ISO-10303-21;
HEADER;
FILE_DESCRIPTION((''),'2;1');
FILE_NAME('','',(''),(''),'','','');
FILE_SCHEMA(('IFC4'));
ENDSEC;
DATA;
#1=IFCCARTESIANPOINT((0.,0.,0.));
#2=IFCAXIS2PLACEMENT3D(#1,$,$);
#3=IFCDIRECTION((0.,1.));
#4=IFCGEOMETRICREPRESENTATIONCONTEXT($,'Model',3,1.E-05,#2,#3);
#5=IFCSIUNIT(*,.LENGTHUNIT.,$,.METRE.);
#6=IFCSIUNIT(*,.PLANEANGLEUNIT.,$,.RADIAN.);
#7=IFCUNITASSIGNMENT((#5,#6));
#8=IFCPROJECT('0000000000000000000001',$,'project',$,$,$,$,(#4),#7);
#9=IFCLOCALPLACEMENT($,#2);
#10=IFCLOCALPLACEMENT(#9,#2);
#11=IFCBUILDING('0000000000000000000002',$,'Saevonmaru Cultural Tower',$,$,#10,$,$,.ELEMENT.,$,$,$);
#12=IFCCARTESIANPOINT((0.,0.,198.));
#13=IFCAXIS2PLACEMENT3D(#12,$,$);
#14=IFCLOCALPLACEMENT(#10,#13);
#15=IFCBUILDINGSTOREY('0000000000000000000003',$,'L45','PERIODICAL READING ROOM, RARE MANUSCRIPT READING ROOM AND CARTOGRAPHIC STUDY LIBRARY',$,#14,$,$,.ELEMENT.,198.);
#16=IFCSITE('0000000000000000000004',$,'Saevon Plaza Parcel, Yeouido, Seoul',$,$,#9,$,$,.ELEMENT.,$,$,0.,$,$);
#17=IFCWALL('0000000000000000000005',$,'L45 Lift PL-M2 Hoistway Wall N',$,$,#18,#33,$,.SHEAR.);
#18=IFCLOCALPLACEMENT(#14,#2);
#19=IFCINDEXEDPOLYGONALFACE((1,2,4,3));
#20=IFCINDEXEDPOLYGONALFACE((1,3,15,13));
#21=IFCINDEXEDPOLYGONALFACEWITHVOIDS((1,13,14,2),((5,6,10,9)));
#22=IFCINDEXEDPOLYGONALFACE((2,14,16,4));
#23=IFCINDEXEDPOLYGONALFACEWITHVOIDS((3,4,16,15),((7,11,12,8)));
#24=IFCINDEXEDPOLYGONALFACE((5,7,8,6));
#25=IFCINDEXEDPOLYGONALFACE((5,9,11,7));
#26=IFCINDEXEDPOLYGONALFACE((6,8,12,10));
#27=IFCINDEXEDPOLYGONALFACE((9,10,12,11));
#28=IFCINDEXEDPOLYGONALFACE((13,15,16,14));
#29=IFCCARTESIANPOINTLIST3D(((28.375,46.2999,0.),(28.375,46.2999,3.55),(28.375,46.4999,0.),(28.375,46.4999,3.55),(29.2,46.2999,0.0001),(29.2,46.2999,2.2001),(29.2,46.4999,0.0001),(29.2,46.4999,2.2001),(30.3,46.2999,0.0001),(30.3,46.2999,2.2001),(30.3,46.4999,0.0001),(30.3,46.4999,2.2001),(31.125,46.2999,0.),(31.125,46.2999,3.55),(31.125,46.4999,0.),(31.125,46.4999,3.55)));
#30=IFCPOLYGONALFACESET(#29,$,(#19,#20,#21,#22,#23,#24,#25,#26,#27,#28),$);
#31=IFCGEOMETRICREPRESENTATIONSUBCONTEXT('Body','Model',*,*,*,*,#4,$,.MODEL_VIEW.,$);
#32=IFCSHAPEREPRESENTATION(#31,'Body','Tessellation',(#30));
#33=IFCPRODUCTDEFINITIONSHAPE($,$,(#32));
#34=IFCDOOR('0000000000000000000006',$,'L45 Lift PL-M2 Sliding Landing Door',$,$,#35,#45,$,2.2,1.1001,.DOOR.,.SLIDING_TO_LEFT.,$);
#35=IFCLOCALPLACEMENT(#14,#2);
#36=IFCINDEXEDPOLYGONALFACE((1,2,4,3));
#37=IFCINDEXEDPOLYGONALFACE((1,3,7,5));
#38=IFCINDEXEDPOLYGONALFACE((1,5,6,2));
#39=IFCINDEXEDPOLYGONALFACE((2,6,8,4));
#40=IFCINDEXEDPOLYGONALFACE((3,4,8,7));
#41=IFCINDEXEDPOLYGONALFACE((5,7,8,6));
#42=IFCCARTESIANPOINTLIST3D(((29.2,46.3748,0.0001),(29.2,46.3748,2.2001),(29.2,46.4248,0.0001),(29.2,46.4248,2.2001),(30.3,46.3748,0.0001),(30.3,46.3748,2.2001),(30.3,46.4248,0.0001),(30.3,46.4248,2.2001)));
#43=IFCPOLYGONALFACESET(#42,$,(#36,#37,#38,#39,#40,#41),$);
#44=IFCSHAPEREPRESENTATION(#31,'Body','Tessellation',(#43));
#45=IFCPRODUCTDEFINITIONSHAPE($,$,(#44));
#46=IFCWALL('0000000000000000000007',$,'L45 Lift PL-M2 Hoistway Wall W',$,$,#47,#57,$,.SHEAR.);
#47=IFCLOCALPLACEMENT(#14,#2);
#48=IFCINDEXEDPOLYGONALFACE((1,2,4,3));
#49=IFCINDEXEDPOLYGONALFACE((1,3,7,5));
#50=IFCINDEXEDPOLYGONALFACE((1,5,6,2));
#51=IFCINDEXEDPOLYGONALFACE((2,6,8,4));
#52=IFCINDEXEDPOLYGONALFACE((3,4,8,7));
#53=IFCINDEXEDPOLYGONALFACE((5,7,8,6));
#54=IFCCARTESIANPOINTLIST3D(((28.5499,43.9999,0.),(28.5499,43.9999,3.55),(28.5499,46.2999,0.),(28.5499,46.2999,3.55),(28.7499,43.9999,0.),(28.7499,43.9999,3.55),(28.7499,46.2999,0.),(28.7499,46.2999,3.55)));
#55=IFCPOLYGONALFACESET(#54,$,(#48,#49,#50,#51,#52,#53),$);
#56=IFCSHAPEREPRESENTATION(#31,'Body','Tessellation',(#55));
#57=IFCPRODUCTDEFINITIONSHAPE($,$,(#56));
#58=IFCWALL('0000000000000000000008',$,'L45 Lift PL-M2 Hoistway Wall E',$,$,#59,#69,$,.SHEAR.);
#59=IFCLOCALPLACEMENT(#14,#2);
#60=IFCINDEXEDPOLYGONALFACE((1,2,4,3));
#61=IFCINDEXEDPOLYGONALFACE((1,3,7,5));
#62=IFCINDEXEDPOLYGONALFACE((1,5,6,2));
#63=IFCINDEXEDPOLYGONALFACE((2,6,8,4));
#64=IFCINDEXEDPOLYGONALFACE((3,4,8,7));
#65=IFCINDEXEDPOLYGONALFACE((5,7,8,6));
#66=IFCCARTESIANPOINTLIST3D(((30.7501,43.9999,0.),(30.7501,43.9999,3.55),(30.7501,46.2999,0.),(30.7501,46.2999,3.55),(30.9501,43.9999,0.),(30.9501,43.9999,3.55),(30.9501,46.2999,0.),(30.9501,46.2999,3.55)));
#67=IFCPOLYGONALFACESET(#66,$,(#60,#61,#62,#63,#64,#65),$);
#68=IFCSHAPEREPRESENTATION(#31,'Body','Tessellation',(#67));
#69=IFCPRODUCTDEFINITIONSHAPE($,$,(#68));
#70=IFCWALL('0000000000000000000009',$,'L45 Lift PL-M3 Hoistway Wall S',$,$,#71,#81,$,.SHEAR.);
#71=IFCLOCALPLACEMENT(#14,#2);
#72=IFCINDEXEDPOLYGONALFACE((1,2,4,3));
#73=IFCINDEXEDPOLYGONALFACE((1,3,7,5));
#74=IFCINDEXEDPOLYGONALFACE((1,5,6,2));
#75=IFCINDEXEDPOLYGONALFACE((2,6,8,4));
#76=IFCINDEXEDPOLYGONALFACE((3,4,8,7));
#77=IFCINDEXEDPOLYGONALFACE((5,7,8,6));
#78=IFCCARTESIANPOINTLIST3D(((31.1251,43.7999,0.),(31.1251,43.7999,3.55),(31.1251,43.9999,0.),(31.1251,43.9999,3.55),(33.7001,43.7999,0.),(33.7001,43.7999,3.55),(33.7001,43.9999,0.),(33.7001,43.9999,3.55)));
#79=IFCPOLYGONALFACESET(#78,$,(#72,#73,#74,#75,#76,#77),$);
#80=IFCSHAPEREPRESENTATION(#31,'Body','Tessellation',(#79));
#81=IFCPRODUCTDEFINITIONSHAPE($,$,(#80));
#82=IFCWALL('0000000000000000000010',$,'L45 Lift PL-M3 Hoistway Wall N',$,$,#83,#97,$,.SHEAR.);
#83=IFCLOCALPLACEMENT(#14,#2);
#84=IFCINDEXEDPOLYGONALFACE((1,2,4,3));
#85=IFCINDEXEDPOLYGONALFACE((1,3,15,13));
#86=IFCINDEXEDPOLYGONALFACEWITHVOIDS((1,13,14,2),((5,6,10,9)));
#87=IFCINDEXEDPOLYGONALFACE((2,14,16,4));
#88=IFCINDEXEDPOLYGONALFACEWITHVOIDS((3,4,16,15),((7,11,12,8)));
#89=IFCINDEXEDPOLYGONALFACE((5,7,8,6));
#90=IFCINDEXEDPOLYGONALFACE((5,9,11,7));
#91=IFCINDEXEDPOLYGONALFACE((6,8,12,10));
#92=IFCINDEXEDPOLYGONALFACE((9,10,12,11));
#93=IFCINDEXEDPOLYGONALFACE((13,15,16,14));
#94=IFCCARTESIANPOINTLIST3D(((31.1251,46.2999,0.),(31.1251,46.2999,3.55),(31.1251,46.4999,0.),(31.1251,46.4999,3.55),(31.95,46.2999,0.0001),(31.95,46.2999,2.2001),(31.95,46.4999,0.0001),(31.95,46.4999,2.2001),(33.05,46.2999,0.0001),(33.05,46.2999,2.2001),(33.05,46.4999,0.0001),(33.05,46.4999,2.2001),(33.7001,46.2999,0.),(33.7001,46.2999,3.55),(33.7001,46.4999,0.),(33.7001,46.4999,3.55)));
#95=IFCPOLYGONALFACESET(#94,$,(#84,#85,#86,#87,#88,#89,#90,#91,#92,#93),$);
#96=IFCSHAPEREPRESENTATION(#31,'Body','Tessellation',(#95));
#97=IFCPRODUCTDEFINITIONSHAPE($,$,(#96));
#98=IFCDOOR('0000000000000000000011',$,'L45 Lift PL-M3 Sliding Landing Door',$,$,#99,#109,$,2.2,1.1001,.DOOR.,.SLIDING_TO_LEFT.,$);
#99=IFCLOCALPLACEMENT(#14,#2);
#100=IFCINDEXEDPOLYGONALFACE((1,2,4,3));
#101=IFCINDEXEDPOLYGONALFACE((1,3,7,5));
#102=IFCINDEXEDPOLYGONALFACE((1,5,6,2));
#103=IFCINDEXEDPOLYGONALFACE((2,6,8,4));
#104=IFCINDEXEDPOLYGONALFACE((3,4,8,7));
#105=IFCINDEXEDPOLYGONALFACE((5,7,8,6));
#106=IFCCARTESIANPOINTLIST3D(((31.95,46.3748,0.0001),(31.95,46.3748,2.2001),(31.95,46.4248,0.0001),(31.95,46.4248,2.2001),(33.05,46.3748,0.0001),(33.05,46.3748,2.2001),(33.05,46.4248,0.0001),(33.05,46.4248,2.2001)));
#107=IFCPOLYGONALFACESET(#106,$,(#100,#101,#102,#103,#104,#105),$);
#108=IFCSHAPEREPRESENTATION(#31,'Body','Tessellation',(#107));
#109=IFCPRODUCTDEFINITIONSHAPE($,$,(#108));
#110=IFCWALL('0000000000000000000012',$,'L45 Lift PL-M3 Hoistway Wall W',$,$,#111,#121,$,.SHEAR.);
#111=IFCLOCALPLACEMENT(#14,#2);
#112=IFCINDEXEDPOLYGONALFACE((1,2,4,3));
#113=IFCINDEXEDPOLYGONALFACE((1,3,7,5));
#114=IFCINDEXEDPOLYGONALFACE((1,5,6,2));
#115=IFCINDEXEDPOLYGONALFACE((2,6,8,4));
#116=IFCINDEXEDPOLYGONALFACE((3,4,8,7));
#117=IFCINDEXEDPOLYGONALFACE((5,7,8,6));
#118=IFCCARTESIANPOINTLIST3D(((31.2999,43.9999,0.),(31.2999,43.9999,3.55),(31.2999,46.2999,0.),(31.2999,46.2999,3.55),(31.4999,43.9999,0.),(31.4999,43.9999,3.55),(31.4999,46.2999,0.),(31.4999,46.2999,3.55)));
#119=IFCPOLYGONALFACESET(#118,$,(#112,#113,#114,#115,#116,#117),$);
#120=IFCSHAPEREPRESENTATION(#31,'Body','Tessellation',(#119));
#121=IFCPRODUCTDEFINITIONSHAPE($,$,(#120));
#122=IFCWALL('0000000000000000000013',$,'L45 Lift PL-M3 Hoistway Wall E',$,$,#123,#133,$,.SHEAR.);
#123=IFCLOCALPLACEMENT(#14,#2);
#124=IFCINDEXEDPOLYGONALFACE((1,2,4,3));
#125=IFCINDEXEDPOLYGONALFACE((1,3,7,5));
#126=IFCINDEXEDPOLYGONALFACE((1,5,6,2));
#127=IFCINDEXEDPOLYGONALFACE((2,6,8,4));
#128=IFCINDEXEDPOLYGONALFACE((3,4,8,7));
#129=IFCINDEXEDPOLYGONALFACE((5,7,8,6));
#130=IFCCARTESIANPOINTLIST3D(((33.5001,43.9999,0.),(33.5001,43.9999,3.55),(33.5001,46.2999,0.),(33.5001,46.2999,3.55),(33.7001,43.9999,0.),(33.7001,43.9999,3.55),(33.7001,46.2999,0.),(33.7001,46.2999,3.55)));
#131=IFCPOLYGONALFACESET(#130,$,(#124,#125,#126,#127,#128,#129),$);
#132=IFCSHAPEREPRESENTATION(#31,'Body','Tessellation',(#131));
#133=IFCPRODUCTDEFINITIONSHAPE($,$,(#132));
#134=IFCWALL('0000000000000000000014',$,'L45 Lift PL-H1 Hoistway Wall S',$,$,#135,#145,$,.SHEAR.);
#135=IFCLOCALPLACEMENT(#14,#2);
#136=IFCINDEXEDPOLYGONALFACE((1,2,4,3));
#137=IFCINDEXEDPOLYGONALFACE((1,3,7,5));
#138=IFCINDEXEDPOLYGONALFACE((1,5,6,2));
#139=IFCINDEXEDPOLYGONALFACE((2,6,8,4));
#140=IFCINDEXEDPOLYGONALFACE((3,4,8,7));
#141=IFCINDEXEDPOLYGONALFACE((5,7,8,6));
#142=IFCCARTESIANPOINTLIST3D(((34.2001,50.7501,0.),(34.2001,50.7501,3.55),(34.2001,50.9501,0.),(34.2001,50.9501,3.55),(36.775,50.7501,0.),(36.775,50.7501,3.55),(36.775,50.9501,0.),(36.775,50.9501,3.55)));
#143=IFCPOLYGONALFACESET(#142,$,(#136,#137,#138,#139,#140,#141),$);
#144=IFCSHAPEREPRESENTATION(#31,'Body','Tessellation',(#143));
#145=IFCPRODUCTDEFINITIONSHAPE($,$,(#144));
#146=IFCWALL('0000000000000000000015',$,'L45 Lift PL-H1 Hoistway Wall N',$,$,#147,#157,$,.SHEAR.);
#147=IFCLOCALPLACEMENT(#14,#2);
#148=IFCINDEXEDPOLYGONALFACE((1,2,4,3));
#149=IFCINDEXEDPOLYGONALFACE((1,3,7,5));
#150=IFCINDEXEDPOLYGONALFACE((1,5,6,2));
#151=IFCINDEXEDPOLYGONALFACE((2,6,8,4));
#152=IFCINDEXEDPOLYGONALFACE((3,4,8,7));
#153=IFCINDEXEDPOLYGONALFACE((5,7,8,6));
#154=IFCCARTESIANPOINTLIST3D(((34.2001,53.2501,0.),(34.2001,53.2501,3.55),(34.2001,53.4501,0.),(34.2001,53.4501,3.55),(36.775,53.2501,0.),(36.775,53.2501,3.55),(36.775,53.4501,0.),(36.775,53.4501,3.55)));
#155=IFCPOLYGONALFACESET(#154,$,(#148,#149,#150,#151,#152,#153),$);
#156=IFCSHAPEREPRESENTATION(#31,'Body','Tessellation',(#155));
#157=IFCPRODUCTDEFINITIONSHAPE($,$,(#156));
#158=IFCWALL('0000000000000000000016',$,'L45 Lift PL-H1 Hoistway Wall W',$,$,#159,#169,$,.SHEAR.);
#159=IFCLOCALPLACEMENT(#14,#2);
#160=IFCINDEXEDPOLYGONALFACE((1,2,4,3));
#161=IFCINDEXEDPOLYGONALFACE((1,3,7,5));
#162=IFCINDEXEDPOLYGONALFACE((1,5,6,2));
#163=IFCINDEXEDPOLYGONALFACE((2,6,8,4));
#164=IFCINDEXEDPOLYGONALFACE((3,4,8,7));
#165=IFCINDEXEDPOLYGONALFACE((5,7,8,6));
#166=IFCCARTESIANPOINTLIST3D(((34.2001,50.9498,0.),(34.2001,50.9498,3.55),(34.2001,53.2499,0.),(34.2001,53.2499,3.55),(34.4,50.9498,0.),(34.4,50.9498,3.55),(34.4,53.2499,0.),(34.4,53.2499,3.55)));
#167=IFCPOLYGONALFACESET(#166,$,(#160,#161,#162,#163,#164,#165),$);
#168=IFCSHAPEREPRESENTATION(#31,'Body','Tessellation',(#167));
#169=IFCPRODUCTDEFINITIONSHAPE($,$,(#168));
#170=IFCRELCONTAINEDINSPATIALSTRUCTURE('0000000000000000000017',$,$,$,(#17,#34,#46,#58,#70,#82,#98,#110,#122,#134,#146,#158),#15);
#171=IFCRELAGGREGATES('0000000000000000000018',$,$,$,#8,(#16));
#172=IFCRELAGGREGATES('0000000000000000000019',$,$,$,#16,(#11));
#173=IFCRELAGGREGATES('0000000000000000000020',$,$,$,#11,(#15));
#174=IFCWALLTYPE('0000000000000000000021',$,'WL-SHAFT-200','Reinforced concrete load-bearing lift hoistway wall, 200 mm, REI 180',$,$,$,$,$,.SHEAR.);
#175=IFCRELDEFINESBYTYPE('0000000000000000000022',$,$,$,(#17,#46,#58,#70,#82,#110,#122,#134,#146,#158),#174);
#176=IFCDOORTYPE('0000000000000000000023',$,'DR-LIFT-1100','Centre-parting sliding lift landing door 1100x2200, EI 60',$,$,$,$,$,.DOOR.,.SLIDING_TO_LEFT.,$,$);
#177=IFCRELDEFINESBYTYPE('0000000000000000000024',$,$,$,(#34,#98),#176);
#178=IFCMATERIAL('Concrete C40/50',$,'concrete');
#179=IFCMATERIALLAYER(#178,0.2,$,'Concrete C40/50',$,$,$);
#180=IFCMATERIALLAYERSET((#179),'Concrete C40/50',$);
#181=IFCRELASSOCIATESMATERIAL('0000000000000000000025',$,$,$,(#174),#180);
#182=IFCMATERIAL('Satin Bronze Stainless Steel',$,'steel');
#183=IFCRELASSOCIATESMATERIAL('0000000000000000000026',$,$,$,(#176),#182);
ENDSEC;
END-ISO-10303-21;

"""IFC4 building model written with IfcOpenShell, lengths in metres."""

from ifc_helpers import new_model, si_unit, direction, frame, frame_2d, origin, place, context, subcontext, project, spatial, rectangle, extrude, material, layer, layer_set, type_object, element, fill, save


model = new_model("IFC4")

# Units and contexts
model_context = context("Model", 3, precision=1e-05, world=origin(), true_north=direction((0.0, 1.0)))
body_context = subcontext(model_context, "Body", "Model", "MODEL_VIEW")
ifc_project = project(units=[si_unit("LENGTHUNIT", "METRE"), si_unit("PLANEANGLEUNIT", "RADIAN")], contexts=[model_context])

# Site, building, storey
site_placement = place(None, origin())
site = spatial("IfcSite", under=ifc_project, at=site_placement, Name="Saevon Plaza Parcel, Yeouido, Seoul", CompositionType="ELEMENT", RefElevation=0.0)
building_placement = place(site_placement, origin())
building = spatial("IfcBuilding", under=site, at=building_placement, Name="Saevonmaru Cultural Tower", CompositionType="ELEMENT")
storey_placement = place(building_placement, frame((0.0, 0.0, 198.0)))
storey = spatial("IfcBuildingStorey", under=building, at=storey_placement, Name="L45", Description="PERIODICAL READING ROOM, RARE MANUSCRIPT READING ROOM AND CARTOGRAPHIC STUDY LIBRARY", CompositionType="ELEMENT", Elevation=198.0)

# Shared definitions
ifc_material_1 = material(Name="Concrete C40/50", Category="concrete")
ifc_layer_1 = layer(ifc_material_1, 0.2, Name="Concrete C40/50")
ifc_layer_set_1 = layer_set([ifc_layer_1], Name="Concrete C40/50")
wall_type_1 = type_object("IfcWallType", Name="WL-SHAFT-200", Description="Reinforced concrete load-bearing lift hoistway wall, 200 mm, REI 180", PredefinedType="SHEAR", material=ifc_layer_set_1)
ifc_material_2 = material(Name="Satin Bronze Stainless Steel", Category="steel")
door_type_1 = type_object("IfcDoorType", Name="DR-LIFT-1100", Description="Centre-parting sliding lift landing door 1100x2200, EI 60", OperationType="SLIDING_TO_LEFT", PredefinedType="DOOR", material=ifc_material_2)

# Wall, opening, door
wall_1_placement = place(storey_placement, frame((28.375, 46.3999, 0.0), z_axis=(0.0, 0.0, 1.0), x_axis=(1.0, 0.0, 0.0)))
wall_1 = element("IfcWall", 1, at=wall_1_placement, inside=storey, type_object=wall_type_1, Name="L45 Lift PL-M2 Hoistway Wall N", PredefinedType="SHEAR", context=body_context, shape_type="SweptSolid", body=[
    extrude(rectangle(XDim=2.75, YDim=0.2, at=frame_2d((1.375, 0.0))), origin(), (0.0, 0.0, 1.0), 3.55),
])
opening_1_placement = place(wall_1_placement, frame((0.825, 0.0, 0.0)))
opening_1 = element("IfcOpeningElement", 2, at=opening_1_placement, cuts=wall_1, PredefinedType="OPENING", context=body_context, shape_type="SweptSolid", body=[
    extrude(rectangle(XDim=1.1001, YDim=2.2, at=frame_2d((0.55, 1.1001))), frame((0.0, 0.1099, 0.0), z_axis=(0.0, -1.0, 0.0), x_axis=(1.0, 0.0, 0.0)), (0.0, 0.0, 1.0), 0.22),
])
door_1_placement = place(opening_1_placement, origin())
door_1 = element("IfcDoor", 3, at=door_1_placement, inside=storey, type_object=door_type_1, Name="L45 Lift PL-M2 Sliding Landing Door", OperationType="SLIDING_TO_LEFT", OverallHeight=2.2, OverallWidth=1.1001, PredefinedType="DOOR", context=body_context, shape_type="SweptSolid", body=[
    extrude(rectangle(XDim=1.1001, YDim=2.2, at=frame_2d((0.55, 1.1001))), frame((0.0, 0.0249, 0.0), z_axis=(0.0, -1.0, 0.0), x_axis=(1.0, 0.0, 0.0)), (0.0, 0.0, 1.0), 0.05),
])
fill(opening_1, door_1)

# Walls
for number, where, z_axis, x_axis, name in (
    (4, (28.6499, 44.0, 0.0), (0.0, 0.0, 1.0), (0.0, 1.0, 0.0), "L45 Lift PL-M2 Hoistway Wall W"),
    (5, (30.8501, 44.0, 0.0), (0.0, 0.0, 1.0), (0.0, 1.0, 0.0), "L45 Lift PL-M2 Hoistway Wall E"),
):
    element("IfcWall", number, at=place(storey_placement, frame(where, z_axis=z_axis, x_axis=x_axis)), inside=storey, type_object=wall_type_1, Name=name, PredefinedType="SHEAR", context=body_context, shape_type="SweptSolid", body=[
        extrude(rectangle(XDim=2.3, YDim=0.2, at=frame_2d((1.1499, 0.0))), origin(), (0.0, 0.0, 1.0), 3.55),
    ])
wall_2_placement = place(storey_placement, frame((31.125, 43.8999, 0.0), z_axis=(0.0, 0.0, 1.0), x_axis=(1.0, 0.0, 0.0)))
element("IfcWall", 6, at=wall_2_placement, inside=storey, type_object=wall_type_1, Name="L45 Lift PL-M3 Hoistway Wall S", PredefinedType="SHEAR", context=body_context, shape_type="SweptSolid", body=[
    extrude(rectangle(XDim=2.575, YDim=0.2, at=frame_2d((1.2876, 0.0))), origin(), (0.0, 0.0, 1.0), 3.55),
])

# Wall, opening, door
wall_3_placement = place(storey_placement, frame((31.125, 46.3999, 0.0), z_axis=(0.0, 0.0, 1.0), x_axis=(1.0, 0.0, 0.0)))
wall_3 = element("IfcWall", 7, at=wall_3_placement, inside=storey, type_object=wall_type_1, Name="L45 Lift PL-M3 Hoistway Wall N", PredefinedType="SHEAR", context=body_context, shape_type="SweptSolid", body=[
    extrude(rectangle(XDim=2.575, YDim=0.2, at=frame_2d((1.2876, 0.0))), origin(), (0.0, 0.0, 1.0), 3.55),
])
opening_2_placement = place(wall_3_placement, frame((0.825, 0.0, 0.0)))
opening_2 = element("IfcOpeningElement", 8, at=opening_2_placement, cuts=wall_3, PredefinedType="OPENING", context=body_context, shape_type="SweptSolid", body=[
    extrude(rectangle(XDim=1.1001, YDim=2.2, at=frame_2d((0.55, 1.1001))), frame((0.0, 0.1099, 0.0), z_axis=(0.0, -1.0, 0.0), x_axis=(1.0, 0.0, 0.0)), (0.0, 0.0, 1.0), 0.22),
])
door_2_placement = place(opening_2_placement, origin())
door_2 = element("IfcDoor", 9, at=door_2_placement, inside=storey, type_object=door_type_1, Name="L45 Lift PL-M3 Sliding Landing Door", OperationType="SLIDING_TO_LEFT", OverallHeight=2.2, OverallWidth=1.1001, PredefinedType="DOOR", context=body_context, shape_type="SweptSolid", body=[
    extrude(rectangle(XDim=1.1001, YDim=2.2, at=frame_2d((0.55, 1.1001))), frame((0.0, 0.0249, 0.0), z_axis=(0.0, -1.0, 0.0), x_axis=(1.0, 0.0, 0.0)), (0.0, 0.0, 1.0), 0.05),
])
fill(opening_2, door_2)

# Walls
for number, where, z_axis, x_axis, name in (
    (10, (31.3999, 44.0, 0.0), (0.0, 0.0, 1.0), (0.0, 1.0, 0.0), "L45 Lift PL-M3 Hoistway Wall W"),
    (11, (33.6001, 44.0, 0.0), (0.0, 0.0, 1.0), (0.0, 1.0, 0.0), "L45 Lift PL-M3 Hoistway Wall E"),
):
    element("IfcWall", number, at=place(storey_placement, frame(where, z_axis=z_axis, x_axis=x_axis)), inside=storey, type_object=wall_type_1, Name=name, PredefinedType="SHEAR", context=body_context, shape_type="SweptSolid", body=[
        extrude(rectangle(XDim=2.3, YDim=0.2, at=frame_2d((1.1499, 0.0))), origin(), (0.0, 0.0, 1.0), 3.55),
    ])
for number, where, z_axis, x_axis, name in (
    (12, (34.2, 50.8501, 0.0), (0.0, 0.0, 1.0), (1.0, 0.0, 0.0), "L45 Lift PL-H1 Hoistway Wall S"),
    (13, (34.2, 53.3501, 0.0), (0.0, 0.0, 1.0), (1.0, 0.0, 0.0), "L45 Lift PL-H1 Hoistway Wall N"),
):
    element("IfcWall", number, at=place(storey_placement, frame(where, z_axis=z_axis, x_axis=x_axis)), inside=storey, type_object=wall_type_1, Name=name, PredefinedType="SHEAR", context=body_context, shape_type="SweptSolid", body=[
        extrude(rectangle(XDim=2.575, YDim=0.2, at=frame_2d((1.2876, 0.0))), origin(), (0.0, 0.0, 1.0), 3.55),
    ])
wall_4_placement = place(storey_placement, frame((34.3, 50.95, 0.0), z_axis=(0.0, 0.0, 1.0), x_axis=(0.0, 1.0, 0.0)))
element("IfcWall", 14, at=wall_4_placement, inside=storey, type_object=wall_type_1, Name="L45 Lift PL-H1 Hoistway Wall W", PredefinedType="SHEAR", context=body_context, shape_type="SweptSolid", body=[
    extrude(rectangle(XDim=2.3, YDim=0.2, at=frame_2d((1.1499, 0.0))), origin(), (0.0, 0.0, 1.0), 3.55),
])

save(model, "model.ifc")
